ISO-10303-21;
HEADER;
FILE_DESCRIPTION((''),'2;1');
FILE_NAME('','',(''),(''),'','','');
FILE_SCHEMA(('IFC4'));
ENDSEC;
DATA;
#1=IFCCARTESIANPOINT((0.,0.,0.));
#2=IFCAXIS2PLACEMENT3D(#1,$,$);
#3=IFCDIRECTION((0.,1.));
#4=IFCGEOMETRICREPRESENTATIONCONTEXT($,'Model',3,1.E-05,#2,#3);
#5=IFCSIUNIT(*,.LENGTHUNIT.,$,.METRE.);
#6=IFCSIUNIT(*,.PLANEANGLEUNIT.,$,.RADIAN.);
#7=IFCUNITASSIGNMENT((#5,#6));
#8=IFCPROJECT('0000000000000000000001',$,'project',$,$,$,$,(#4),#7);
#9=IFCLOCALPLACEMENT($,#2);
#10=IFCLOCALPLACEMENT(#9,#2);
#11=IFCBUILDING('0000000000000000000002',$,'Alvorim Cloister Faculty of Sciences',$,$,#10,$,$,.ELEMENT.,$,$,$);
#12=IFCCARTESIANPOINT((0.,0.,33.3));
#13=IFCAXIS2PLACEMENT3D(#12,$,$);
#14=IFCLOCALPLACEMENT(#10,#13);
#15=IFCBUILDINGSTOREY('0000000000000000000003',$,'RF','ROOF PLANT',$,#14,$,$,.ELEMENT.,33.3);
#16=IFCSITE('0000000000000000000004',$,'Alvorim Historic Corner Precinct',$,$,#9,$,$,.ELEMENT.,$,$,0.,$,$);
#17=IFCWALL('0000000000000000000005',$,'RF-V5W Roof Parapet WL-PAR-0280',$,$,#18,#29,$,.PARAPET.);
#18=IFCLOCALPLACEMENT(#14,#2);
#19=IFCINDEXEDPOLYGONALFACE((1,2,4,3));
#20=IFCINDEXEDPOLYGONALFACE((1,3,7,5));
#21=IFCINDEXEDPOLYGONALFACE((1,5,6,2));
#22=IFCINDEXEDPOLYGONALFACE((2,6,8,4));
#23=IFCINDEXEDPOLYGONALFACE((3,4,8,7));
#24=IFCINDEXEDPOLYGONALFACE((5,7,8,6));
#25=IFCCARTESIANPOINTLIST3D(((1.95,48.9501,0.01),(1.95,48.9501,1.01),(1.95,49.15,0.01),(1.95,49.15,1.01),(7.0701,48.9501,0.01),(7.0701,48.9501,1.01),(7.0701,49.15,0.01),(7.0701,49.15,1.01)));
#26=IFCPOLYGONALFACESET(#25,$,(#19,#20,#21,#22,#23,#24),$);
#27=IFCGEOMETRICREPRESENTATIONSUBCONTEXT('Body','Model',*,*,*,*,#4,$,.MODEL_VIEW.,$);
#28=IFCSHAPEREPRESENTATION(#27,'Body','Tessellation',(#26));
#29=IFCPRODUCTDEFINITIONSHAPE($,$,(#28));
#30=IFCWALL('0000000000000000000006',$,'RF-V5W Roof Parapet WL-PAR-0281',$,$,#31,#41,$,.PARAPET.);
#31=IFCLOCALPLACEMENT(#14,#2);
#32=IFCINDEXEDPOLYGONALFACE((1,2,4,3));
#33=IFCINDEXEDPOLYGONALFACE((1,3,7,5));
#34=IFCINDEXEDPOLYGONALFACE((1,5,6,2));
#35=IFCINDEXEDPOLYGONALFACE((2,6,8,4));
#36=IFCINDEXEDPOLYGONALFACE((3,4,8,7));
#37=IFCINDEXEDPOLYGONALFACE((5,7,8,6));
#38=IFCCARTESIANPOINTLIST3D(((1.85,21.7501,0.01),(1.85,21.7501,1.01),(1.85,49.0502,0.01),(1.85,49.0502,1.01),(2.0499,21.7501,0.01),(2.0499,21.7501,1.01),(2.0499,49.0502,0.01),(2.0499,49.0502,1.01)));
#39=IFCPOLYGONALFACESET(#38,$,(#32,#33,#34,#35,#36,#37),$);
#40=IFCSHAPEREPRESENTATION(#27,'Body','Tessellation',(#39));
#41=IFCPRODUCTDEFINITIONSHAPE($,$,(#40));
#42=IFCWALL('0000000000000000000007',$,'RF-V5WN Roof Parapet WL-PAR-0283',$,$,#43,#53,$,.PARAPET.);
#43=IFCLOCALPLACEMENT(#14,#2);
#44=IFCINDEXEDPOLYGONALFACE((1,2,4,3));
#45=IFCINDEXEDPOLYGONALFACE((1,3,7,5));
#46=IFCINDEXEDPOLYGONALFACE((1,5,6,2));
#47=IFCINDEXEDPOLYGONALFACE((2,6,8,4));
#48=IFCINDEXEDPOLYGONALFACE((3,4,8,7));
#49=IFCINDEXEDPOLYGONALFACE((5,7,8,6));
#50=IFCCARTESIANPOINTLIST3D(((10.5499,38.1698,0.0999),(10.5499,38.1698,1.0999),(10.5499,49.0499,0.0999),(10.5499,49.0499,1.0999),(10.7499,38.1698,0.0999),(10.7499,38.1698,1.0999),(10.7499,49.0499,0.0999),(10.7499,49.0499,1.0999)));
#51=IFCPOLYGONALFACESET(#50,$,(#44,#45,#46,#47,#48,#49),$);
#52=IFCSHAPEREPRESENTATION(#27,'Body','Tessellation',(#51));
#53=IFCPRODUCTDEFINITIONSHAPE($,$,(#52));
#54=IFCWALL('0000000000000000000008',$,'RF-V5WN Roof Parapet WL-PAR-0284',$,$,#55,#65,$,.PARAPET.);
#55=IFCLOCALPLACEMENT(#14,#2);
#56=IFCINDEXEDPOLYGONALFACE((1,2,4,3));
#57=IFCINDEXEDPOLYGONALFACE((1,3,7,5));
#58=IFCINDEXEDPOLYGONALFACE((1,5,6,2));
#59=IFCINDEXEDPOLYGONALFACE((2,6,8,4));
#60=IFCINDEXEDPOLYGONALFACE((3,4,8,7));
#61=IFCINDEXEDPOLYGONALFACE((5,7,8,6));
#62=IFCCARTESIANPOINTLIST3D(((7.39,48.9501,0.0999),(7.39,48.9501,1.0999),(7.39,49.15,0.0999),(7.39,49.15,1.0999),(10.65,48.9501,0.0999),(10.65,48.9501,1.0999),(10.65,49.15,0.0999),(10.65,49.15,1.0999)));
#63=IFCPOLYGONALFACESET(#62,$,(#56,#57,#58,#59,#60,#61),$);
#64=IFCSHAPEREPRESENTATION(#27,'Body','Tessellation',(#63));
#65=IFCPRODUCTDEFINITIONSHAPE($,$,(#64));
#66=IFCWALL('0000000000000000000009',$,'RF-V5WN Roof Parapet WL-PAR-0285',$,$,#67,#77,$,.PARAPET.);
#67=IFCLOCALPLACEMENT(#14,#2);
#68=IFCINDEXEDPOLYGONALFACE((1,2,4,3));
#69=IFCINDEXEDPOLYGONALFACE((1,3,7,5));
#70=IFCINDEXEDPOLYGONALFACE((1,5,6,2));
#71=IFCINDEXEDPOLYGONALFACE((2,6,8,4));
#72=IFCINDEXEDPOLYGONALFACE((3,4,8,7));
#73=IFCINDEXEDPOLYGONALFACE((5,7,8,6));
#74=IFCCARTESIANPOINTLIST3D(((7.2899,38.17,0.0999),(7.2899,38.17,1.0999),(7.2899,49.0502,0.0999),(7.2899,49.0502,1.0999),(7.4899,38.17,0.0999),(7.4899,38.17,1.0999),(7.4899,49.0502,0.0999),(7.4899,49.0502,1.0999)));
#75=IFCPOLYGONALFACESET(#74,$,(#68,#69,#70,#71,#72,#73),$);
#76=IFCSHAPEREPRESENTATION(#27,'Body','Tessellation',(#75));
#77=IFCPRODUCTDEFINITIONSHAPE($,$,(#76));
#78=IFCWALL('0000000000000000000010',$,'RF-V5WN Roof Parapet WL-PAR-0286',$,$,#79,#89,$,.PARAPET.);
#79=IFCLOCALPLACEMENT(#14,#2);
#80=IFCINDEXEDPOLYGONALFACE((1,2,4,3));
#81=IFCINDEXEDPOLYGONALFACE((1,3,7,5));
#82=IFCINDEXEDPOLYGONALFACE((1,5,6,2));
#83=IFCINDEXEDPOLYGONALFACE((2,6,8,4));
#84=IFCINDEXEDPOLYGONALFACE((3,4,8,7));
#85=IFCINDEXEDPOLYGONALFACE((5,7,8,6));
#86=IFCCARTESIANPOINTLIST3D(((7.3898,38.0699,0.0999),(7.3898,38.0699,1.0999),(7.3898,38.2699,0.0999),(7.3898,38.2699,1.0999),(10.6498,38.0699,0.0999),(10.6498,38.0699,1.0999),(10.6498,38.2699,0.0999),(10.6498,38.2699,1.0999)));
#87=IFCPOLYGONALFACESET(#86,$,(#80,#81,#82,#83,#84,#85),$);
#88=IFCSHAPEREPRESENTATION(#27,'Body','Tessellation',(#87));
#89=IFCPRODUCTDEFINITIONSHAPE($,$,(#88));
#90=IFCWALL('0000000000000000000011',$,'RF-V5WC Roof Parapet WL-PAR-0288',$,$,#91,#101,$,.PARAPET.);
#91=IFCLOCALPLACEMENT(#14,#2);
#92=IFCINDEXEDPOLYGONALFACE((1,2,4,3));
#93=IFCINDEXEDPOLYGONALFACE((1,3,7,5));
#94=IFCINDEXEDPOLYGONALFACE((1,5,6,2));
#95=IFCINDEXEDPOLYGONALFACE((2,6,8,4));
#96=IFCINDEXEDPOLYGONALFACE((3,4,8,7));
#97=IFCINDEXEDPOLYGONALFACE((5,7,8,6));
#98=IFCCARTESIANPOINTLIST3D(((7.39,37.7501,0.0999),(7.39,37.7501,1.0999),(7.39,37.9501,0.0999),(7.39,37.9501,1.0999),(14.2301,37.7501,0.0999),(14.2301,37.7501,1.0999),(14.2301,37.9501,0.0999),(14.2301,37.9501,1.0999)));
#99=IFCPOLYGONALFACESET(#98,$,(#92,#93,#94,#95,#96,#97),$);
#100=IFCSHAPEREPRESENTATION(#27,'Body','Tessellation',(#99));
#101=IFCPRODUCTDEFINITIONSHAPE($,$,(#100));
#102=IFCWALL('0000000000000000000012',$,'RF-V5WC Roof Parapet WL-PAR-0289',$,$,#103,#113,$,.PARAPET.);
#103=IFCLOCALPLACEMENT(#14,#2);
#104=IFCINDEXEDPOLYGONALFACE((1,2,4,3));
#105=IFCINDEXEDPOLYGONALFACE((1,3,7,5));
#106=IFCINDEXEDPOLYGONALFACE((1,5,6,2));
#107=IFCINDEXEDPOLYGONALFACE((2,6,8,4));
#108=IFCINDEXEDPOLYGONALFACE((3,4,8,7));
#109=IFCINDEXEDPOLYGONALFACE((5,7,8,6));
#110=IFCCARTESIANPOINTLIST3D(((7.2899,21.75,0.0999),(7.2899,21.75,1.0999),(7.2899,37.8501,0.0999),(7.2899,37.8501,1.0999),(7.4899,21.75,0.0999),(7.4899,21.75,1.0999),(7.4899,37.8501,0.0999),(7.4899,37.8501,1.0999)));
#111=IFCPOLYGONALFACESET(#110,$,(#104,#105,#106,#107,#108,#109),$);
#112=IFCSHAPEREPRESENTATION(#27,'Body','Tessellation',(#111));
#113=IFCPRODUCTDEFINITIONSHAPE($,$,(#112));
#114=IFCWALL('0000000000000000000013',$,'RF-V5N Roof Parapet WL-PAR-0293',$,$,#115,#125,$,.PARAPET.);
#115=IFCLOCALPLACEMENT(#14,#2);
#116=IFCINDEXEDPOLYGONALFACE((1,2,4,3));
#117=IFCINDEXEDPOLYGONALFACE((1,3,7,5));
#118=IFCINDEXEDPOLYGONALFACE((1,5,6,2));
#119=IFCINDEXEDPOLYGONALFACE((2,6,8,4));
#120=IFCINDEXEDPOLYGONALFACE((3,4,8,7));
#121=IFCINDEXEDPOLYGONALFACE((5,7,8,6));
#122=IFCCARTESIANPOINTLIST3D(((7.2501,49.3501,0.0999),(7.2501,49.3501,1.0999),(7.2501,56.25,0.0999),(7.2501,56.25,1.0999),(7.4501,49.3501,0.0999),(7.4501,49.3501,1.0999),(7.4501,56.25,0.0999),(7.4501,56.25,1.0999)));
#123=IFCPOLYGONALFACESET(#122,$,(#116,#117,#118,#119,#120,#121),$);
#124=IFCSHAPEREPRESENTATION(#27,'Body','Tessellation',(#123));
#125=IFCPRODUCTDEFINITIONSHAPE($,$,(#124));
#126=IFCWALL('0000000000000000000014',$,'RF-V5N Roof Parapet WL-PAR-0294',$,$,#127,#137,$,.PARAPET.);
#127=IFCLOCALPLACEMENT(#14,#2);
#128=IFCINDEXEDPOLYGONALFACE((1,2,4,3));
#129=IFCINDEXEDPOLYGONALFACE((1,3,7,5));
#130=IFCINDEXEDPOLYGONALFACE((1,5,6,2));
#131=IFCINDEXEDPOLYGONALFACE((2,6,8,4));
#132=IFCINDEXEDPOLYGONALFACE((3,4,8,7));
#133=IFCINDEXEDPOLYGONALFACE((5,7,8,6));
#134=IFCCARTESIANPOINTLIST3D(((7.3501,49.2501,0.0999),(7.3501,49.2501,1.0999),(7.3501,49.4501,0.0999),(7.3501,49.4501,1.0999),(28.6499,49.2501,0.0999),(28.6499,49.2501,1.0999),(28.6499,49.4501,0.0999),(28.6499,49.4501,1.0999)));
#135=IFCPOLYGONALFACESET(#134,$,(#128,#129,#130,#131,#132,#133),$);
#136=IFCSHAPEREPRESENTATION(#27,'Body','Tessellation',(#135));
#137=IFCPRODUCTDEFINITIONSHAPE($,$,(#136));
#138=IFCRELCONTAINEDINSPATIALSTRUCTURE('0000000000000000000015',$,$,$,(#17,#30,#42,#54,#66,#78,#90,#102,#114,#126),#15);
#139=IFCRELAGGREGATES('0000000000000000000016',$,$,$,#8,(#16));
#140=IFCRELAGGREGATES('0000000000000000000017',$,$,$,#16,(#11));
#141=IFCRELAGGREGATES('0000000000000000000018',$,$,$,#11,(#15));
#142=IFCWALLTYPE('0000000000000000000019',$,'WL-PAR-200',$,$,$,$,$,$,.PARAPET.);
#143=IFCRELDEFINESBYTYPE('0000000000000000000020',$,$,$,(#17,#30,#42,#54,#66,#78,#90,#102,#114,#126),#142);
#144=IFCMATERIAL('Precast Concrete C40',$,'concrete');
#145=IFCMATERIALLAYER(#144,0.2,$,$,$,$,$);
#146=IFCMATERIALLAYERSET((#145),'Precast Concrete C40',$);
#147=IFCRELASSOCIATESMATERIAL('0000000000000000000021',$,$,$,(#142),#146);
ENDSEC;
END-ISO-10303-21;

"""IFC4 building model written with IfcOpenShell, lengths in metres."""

from ifc_helpers import new_model, si_unit, direction, frame, frame_2d, origin, place, context, subcontext, project, spatial, rectangle, extrude, material, layer, layer_set, type_object, element, save


model = new_model("IFC4")

# Units and contexts
model_context = context("Model", 3, precision=1e-05, world=origin(), true_north=direction((0.0, 1.0)))
body_context = subcontext(model_context, "Body", "Model", "MODEL_VIEW")
ifc_project = project(units=[si_unit("LENGTHUNIT", "METRE"), si_unit("PLANEANGLEUNIT", "RADIAN")], contexts=[model_context])

# Site, building, storey
site_placement = place(None, origin())
site = spatial("IfcSite", under=ifc_project, at=site_placement, Name="Alvorim Historic Corner Precinct", CompositionType="ELEMENT", RefElevation=0.0)
building_placement = place(site_placement, origin())
building = spatial("IfcBuilding", under=site, at=building_placement, Name="Alvorim Cloister Faculty of Sciences", CompositionType="ELEMENT")
storey_placement = place(building_placement, frame((0.0, 0.0, 33.3)))
storey = spatial("IfcBuildingStorey", under=building, at=storey_placement, Name="RF", Description="ROOF PLANT", CompositionType="ELEMENT", Elevation=33.3)

# Walls
ifc_material_1 = material(Name="Precast Concrete C40", Category="concrete")
ifc_layer_1 = layer(ifc_material_1, 0.2)
ifc_layer_set_1 = layer_set([ifc_layer_1], Name="Precast Concrete C40")
wall_type_1 = type_object("IfcWallType", Name="WL-PAR-200", PredefinedType="PARAPET", material=ifc_layer_set_1)
wall_1_placement = place(storey_placement, frame((7.0701, 49.05, 0.01), z_axis=(0.0, 0.0, 1.0), x_axis=(-1.0, 0.0, 0.0)))
element("IfcWall", 1, at=wall_1_placement, inside=storey, type_object=wall_type_1, Name="RF-V5W Roof Parapet WL-PAR-0280", PredefinedType="PARAPET", context=body_context, shape_type="SweptSolid", body=[
    extrude(rectangle(XDim=5.1201, YDim=0.2, at=frame_2d((2.5601, 0.0))), origin(), (0.0, 0.0, 1.0), 1.0),
])
wall_2_placement = place(storey_placement, frame((1.95, 49.05, 0.01), z_axis=(0.0, 0.0, 1.0), x_axis=(0.0, -1.0, 0.0)))
element("IfcWall", 2, at=wall_2_placement, inside=storey, type_object=wall_type_1, Name="RF-V5W Roof Parapet WL-PAR-0281", PredefinedType="PARAPET", context=body_context, shape_type="SweptSolid", body=[
    extrude(rectangle(XDim=27.3, YDim=0.2, at=frame_2d((13.6499, 0.0))), origin(), (0.0, 0.0, 1.0), 1.0),
])
wall_3_placement = place(storey_placement, frame((10.6499, 38.1699, 0.0999), z_axis=(0.0, 0.0, 1.0), x_axis=(0.0, 1.0, 0.0)))
element("IfcWall", 3, at=wall_3_placement, inside=storey, type_object=wall_type_1, Name="RF-V5WN Roof Parapet WL-PAR-0283", PredefinedType="PARAPET", context=body_context, shape_type="SweptSolid", body=[
    extrude(rectangle(XDim=10.8801, YDim=0.2, at=frame_2d((5.4399, 0.0))), origin(), (0.0, 0.0, 1.0), 1.0),
])
wall_4_placement = place(storey_placement, frame((10.6499, 49.05, 0.0999), z_axis=(0.0, 0.0, 1.0), x_axis=(-1.0, 0.0, 0.0)))
element("IfcWall", 4, at=wall_4_placement, inside=storey, type_object=wall_type_1, Name="RF-V5WN Roof Parapet WL-PAR-0284", PredefinedType="PARAPET", context=body_context, shape_type="SweptSolid", body=[
    extrude(rectangle(XDim=3.26, YDim=0.2, at=frame_2d((1.6299, 0.0))), origin(), (0.0, 0.0, 1.0), 1.0),
])
wall_5_placement = place(storey_placement, frame((7.3899, 49.05, 0.0999), z_axis=(0.0, 0.0, 1.0), x_axis=(0.0, -1.0, 0.0)))
element("IfcWall", 5, at=wall_5_placement, inside=storey, type_object=wall_type_1, Name="RF-V5WN Roof Parapet WL-PAR-0285", PredefinedType="PARAPET", context=body_context, shape_type="SweptSolid", body=[
    extrude(rectangle(XDim=10.8801, YDim=0.2, at=frame_2d((5.4399, 0.0))), origin(), (0.0, 0.0, 1.0), 1.0),
])
wall_6_placement = place(storey_placement, frame((7.3899, 38.1699, 0.0999), z_axis=(0.0, 0.0, 1.0), x_axis=(1.0, 0.0, 0.0)))
element("IfcWall", 6, at=wall_6_placement, inside=storey, type_object=wall_type_1, Name="RF-V5WN Roof Parapet WL-PAR-0286", PredefinedType="PARAPET", context=body_context, shape_type="SweptSolid", body=[
    extrude(rectangle(XDim=3.26, YDim=0.2, at=frame_2d((1.6299, 0.0))), origin(), (0.0, 0.0, 1.0), 1.0),
])
wall_7_placement = place(storey_placement, frame((14.23, 37.8501, 0.0999), z_axis=(0.0, 0.0, 1.0), x_axis=(-1.0, 0.0, 0.0)))
element("IfcWall", 7, at=wall_7_placement, inside=storey, type_object=wall_type_1, Name="RF-V5WC Roof Parapet WL-PAR-0288", PredefinedType="PARAPET", context=body_context, shape_type="SweptSolid", body=[
    extrude(rectangle(XDim=6.8401, YDim=0.2, at=frame_2d((3.4199, 0.0))), origin(), (0.0, 0.0, 1.0), 1.0),
])
wall_8_placement = place(storey_placement, frame((7.3899, 37.8501, 0.0999), z_axis=(0.0, 0.0, 1.0), x_axis=(0.0, -1.0, 0.0)))
element("IfcWall", 8, at=wall_8_placement, inside=storey, type_object=wall_type_1, Name="RF-V5WC Roof Parapet WL-PAR-0289", PredefinedType="PARAPET", context=body_context, shape_type="SweptSolid", body=[
    extrude(rectangle(XDim=16.1001, YDim=0.2, at=frame_2d((8.05, 0.0))), origin(), (0.0, 0.0, 1.0), 1.0),
])
wall_9_placement = place(storey_placement, frame((7.3501, 56.25, 0.0999), z_axis=(0.0, 0.0, 1.0), x_axis=(0.0, -1.0, 0.0)))
element("IfcWall", 9, at=wall_9_placement, inside=storey, type_object=wall_type_1, Name="RF-V5N Roof Parapet WL-PAR-0293", PredefinedType="PARAPET", context=body_context, shape_type="SweptSolid", body=[
    extrude(rectangle(XDim=6.8999, YDim=0.2, at=frame_2d((3.45, 0.0))), origin(), (0.0, 0.0, 1.0), 1.0),
])
wall_10_placement = place(storey_placement, frame((7.3501, 49.3501, 0.0999), z_axis=(0.0, 0.0, 1.0), x_axis=(1.0, 0.0, 0.0)))
element("IfcWall", 10, at=wall_10_placement, inside=storey, type_object=wall_type_1, Name="RF-V5N Roof Parapet WL-PAR-0294", PredefinedType="PARAPET", context=body_context, shape_type="SweptSolid", body=[
    extrude(rectangle(XDim=21.2998, YDim=0.2, at=frame_2d((10.6499, 0.0))), origin(), (0.0, 0.0, 1.0), 1.0),
])

save(model, "model.ifc")
